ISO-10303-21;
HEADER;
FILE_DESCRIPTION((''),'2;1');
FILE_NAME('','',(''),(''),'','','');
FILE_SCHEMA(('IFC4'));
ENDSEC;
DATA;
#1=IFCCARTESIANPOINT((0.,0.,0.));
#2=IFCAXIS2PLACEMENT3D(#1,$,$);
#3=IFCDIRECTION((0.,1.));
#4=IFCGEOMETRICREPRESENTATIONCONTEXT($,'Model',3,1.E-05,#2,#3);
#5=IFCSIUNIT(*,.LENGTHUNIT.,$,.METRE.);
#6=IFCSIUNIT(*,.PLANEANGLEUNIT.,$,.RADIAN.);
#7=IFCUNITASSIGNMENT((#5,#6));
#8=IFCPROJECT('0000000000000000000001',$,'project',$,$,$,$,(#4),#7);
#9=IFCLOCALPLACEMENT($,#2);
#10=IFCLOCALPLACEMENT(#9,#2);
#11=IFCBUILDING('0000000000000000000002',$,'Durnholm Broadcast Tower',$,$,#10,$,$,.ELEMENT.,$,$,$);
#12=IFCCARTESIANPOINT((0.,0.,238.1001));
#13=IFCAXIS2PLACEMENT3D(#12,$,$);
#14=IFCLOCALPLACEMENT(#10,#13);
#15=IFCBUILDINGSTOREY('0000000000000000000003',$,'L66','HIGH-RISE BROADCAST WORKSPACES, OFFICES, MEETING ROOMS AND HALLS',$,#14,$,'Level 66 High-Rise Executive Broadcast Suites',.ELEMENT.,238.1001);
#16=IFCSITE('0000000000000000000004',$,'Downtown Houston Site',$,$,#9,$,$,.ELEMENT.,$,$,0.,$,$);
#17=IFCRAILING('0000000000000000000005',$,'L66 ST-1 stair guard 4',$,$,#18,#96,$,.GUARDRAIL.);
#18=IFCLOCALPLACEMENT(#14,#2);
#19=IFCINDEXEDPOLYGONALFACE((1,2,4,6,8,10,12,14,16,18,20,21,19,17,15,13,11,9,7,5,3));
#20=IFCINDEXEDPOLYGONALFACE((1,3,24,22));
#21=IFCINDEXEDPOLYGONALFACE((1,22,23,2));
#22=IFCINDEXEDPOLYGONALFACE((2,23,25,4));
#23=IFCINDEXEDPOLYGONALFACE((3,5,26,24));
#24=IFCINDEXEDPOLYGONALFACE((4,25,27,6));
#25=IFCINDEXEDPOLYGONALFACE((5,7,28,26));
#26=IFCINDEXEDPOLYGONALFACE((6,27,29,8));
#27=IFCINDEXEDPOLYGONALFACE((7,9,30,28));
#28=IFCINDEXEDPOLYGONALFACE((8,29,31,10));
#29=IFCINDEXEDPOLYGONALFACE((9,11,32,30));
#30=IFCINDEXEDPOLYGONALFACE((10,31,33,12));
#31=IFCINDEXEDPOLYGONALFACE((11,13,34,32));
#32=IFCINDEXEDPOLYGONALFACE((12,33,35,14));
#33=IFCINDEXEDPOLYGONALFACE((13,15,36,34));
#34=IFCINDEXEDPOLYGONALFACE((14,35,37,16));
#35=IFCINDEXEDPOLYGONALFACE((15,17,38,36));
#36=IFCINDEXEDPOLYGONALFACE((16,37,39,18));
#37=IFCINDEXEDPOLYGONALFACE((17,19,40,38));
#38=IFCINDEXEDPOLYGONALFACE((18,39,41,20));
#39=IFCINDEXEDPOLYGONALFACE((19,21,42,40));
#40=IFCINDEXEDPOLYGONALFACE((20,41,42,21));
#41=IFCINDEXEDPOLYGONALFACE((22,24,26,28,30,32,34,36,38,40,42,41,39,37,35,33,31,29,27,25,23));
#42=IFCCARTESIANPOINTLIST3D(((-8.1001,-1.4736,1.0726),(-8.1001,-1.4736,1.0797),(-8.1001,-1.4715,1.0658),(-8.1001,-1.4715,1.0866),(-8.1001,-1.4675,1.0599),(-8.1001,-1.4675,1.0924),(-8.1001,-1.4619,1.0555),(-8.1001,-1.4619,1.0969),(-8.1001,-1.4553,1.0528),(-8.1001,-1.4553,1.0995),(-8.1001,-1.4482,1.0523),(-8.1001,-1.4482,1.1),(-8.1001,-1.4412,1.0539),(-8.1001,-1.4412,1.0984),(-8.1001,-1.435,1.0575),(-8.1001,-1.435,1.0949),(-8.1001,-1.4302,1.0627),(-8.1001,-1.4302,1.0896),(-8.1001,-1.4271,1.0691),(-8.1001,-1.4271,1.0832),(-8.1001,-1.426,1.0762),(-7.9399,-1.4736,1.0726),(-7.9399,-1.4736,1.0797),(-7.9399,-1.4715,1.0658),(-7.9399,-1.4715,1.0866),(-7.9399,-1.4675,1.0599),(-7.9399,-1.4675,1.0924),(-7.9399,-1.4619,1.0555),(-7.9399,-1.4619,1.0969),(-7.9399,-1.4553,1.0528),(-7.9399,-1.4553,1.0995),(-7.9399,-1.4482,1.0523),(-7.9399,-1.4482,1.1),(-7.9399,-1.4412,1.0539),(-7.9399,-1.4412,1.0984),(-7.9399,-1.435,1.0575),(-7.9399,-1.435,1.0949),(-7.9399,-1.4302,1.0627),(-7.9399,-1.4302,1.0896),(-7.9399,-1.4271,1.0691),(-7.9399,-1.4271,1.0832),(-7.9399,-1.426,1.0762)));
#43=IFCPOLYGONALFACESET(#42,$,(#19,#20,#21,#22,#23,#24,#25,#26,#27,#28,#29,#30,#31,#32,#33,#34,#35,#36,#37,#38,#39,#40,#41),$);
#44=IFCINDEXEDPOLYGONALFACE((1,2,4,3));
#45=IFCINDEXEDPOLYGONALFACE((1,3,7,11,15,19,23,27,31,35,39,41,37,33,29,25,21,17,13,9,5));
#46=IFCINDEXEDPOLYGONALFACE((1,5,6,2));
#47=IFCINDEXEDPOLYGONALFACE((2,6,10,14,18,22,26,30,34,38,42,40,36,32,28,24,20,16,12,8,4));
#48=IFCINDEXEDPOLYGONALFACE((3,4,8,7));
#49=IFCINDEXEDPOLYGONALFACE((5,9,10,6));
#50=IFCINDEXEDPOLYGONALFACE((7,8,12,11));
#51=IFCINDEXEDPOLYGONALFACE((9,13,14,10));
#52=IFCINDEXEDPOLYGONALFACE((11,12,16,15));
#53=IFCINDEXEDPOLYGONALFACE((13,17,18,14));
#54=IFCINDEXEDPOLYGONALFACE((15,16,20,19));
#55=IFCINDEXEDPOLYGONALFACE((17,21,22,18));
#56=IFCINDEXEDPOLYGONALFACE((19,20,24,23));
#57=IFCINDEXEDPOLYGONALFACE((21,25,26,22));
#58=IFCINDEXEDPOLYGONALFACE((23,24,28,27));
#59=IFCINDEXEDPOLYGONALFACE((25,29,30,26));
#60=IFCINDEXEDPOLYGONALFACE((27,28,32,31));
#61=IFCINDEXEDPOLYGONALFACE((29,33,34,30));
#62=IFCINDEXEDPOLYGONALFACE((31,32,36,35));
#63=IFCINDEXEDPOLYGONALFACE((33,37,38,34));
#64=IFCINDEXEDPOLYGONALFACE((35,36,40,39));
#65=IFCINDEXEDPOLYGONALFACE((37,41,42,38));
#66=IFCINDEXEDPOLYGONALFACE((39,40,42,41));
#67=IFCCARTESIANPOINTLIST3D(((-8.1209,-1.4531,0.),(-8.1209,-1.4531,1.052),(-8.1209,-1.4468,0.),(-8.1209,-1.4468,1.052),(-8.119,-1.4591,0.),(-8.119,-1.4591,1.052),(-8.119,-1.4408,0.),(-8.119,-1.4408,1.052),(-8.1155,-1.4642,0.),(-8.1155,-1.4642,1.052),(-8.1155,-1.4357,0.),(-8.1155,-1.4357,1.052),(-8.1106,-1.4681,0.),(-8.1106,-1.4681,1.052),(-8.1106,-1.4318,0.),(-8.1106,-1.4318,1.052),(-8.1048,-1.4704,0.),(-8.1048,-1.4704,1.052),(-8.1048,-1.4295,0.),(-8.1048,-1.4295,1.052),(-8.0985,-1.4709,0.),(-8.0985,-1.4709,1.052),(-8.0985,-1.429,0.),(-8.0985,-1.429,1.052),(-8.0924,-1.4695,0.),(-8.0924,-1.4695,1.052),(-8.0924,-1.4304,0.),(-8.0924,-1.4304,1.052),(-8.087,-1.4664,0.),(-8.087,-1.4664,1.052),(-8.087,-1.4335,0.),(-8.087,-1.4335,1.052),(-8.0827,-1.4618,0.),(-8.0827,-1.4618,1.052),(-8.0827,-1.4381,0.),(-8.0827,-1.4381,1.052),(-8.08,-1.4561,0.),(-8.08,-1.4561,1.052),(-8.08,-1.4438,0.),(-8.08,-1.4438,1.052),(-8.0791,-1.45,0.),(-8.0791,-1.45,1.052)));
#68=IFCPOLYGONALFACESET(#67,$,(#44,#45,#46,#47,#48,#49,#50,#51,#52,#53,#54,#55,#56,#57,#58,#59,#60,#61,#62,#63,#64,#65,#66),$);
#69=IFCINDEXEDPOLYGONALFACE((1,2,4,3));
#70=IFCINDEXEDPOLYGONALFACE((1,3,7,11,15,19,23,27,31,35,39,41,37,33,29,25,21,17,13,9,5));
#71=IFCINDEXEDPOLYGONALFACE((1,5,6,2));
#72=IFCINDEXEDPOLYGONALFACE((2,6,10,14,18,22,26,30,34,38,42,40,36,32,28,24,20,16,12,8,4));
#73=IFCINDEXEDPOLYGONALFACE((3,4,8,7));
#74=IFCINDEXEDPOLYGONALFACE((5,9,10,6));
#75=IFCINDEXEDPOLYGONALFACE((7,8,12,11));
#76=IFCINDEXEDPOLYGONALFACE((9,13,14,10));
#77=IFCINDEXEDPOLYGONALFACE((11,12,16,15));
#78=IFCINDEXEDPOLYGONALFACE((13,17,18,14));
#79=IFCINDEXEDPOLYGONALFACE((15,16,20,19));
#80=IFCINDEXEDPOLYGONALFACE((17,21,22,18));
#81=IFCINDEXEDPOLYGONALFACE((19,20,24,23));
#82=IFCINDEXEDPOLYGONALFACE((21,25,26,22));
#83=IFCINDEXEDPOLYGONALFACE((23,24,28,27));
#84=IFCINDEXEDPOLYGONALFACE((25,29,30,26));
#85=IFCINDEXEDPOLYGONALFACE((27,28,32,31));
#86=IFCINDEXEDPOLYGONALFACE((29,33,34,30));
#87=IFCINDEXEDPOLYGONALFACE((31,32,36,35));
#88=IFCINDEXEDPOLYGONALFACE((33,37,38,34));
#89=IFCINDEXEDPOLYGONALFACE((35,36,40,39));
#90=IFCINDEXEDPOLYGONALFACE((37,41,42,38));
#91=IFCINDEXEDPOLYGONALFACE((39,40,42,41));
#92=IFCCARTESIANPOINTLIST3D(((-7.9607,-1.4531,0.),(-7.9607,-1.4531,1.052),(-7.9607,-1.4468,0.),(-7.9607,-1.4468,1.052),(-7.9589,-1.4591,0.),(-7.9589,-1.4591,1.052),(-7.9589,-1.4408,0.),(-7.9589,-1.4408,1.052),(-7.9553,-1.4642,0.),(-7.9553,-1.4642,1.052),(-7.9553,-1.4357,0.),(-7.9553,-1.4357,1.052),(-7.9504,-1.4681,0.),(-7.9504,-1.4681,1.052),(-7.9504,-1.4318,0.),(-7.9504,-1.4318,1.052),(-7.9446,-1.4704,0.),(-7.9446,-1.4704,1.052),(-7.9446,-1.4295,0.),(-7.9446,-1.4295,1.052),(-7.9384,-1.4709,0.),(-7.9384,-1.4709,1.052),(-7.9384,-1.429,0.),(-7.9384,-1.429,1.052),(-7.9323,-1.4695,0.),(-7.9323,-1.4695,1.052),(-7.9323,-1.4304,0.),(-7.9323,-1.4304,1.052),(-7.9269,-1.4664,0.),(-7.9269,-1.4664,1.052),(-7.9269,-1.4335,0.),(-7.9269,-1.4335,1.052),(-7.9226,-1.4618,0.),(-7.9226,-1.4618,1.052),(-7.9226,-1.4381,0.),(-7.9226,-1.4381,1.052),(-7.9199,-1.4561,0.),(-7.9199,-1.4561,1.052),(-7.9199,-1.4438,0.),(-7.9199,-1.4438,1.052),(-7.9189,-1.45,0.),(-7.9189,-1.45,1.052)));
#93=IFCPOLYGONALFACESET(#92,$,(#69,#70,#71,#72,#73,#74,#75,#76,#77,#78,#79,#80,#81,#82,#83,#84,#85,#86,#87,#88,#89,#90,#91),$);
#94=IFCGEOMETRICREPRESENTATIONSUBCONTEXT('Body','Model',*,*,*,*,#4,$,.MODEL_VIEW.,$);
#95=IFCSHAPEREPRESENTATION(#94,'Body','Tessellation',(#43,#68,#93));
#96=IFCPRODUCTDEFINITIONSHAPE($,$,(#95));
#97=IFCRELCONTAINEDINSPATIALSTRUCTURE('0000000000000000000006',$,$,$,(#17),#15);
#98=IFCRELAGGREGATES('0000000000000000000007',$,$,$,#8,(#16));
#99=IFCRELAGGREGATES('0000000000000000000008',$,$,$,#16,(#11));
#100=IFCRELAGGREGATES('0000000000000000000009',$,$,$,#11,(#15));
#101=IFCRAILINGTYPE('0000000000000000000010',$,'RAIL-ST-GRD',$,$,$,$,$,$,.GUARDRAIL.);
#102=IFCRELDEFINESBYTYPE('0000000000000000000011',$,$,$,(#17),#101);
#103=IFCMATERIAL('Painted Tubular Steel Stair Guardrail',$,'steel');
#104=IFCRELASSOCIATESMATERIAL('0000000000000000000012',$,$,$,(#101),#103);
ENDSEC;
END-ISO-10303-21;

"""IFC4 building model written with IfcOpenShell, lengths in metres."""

from ifc_helpers import new_model, si_unit, direction, frame, origin, origin_2d, place, context, subcontext, project, spatial, circle, extrude, material, type_object, element, save


model = new_model("IFC4")

# Units and contexts
model_context = context("Model", 3, precision=1e-05, world=origin(), true_north=direction((0.0, 1.0)))
body_context = subcontext(model_context, "Body", "Model", "MODEL_VIEW")
ifc_project = project(units=[si_unit("LENGTHUNIT", "METRE"), si_unit("PLANEANGLEUNIT", "RADIAN")], contexts=[model_context])

# Site, building, storey
site_placement = place(None, origin())
site = spatial("IfcSite", under=ifc_project, at=site_placement, Name="Downtown Houston Site", CompositionType="ELEMENT", RefElevation=0.0)
building_placement = place(site_placement, origin())
building = spatial("IfcBuilding", under=site, at=building_placement, Name="Durnholm Broadcast Tower", CompositionType="ELEMENT")
storey_placement = place(building_placement, frame((0.0, 0.0, 238.1001)))
storey = spatial("IfcBuildingStorey", under=building, at=storey_placement, Name="L66", Description="HIGH-RISE BROADCAST WORKSPACES, OFFICES, MEETING ROOMS AND HALLS", LongName="Level 66 High-Rise Executive Broadcast Suites", CompositionType="ELEMENT", Elevation=238.1001)

# Railing
ifc_material_1 = material(Name="Painted Tubular Steel Stair Guardrail", Category="steel")
railing_type_1 = type_object("IfcRailingType", Name="RAIL-ST-GRD", PredefinedType="GUARDRAIL", material=ifc_material_1)
railing_1_placement = place(storey_placement, frame((-8.1001, -1.45, 0.0)))
element("IfcRailing", 1, at=railing_1_placement, inside=storey, type_object=railing_type_1, Name="L66 ST-1 stair guard 4", PredefinedType="GUARDRAIL", context=body_context, shape_type="SweptSolid", body=[
    extrude(circle(Radius=0.0239, at=origin_2d()), frame((0.0, 0.0, 1.0762), z_axis=(1.0, 0.0, 0.0), x_axis=(0.0, 1.0, 0.0)), (0.0, 0.0, 1.0), 0.1602),
    extrude(circle(Radius=0.021, at=origin_2d()), origin(), (0.0, 0.0, 1.0), 1.052),
    extrude(circle(Radius=0.021, at=origin_2d()), frame((0.1602, 0.0, 0.0)), (0.0, 0.0, 1.0), 1.052),
])

save(model, "model.ifc")
